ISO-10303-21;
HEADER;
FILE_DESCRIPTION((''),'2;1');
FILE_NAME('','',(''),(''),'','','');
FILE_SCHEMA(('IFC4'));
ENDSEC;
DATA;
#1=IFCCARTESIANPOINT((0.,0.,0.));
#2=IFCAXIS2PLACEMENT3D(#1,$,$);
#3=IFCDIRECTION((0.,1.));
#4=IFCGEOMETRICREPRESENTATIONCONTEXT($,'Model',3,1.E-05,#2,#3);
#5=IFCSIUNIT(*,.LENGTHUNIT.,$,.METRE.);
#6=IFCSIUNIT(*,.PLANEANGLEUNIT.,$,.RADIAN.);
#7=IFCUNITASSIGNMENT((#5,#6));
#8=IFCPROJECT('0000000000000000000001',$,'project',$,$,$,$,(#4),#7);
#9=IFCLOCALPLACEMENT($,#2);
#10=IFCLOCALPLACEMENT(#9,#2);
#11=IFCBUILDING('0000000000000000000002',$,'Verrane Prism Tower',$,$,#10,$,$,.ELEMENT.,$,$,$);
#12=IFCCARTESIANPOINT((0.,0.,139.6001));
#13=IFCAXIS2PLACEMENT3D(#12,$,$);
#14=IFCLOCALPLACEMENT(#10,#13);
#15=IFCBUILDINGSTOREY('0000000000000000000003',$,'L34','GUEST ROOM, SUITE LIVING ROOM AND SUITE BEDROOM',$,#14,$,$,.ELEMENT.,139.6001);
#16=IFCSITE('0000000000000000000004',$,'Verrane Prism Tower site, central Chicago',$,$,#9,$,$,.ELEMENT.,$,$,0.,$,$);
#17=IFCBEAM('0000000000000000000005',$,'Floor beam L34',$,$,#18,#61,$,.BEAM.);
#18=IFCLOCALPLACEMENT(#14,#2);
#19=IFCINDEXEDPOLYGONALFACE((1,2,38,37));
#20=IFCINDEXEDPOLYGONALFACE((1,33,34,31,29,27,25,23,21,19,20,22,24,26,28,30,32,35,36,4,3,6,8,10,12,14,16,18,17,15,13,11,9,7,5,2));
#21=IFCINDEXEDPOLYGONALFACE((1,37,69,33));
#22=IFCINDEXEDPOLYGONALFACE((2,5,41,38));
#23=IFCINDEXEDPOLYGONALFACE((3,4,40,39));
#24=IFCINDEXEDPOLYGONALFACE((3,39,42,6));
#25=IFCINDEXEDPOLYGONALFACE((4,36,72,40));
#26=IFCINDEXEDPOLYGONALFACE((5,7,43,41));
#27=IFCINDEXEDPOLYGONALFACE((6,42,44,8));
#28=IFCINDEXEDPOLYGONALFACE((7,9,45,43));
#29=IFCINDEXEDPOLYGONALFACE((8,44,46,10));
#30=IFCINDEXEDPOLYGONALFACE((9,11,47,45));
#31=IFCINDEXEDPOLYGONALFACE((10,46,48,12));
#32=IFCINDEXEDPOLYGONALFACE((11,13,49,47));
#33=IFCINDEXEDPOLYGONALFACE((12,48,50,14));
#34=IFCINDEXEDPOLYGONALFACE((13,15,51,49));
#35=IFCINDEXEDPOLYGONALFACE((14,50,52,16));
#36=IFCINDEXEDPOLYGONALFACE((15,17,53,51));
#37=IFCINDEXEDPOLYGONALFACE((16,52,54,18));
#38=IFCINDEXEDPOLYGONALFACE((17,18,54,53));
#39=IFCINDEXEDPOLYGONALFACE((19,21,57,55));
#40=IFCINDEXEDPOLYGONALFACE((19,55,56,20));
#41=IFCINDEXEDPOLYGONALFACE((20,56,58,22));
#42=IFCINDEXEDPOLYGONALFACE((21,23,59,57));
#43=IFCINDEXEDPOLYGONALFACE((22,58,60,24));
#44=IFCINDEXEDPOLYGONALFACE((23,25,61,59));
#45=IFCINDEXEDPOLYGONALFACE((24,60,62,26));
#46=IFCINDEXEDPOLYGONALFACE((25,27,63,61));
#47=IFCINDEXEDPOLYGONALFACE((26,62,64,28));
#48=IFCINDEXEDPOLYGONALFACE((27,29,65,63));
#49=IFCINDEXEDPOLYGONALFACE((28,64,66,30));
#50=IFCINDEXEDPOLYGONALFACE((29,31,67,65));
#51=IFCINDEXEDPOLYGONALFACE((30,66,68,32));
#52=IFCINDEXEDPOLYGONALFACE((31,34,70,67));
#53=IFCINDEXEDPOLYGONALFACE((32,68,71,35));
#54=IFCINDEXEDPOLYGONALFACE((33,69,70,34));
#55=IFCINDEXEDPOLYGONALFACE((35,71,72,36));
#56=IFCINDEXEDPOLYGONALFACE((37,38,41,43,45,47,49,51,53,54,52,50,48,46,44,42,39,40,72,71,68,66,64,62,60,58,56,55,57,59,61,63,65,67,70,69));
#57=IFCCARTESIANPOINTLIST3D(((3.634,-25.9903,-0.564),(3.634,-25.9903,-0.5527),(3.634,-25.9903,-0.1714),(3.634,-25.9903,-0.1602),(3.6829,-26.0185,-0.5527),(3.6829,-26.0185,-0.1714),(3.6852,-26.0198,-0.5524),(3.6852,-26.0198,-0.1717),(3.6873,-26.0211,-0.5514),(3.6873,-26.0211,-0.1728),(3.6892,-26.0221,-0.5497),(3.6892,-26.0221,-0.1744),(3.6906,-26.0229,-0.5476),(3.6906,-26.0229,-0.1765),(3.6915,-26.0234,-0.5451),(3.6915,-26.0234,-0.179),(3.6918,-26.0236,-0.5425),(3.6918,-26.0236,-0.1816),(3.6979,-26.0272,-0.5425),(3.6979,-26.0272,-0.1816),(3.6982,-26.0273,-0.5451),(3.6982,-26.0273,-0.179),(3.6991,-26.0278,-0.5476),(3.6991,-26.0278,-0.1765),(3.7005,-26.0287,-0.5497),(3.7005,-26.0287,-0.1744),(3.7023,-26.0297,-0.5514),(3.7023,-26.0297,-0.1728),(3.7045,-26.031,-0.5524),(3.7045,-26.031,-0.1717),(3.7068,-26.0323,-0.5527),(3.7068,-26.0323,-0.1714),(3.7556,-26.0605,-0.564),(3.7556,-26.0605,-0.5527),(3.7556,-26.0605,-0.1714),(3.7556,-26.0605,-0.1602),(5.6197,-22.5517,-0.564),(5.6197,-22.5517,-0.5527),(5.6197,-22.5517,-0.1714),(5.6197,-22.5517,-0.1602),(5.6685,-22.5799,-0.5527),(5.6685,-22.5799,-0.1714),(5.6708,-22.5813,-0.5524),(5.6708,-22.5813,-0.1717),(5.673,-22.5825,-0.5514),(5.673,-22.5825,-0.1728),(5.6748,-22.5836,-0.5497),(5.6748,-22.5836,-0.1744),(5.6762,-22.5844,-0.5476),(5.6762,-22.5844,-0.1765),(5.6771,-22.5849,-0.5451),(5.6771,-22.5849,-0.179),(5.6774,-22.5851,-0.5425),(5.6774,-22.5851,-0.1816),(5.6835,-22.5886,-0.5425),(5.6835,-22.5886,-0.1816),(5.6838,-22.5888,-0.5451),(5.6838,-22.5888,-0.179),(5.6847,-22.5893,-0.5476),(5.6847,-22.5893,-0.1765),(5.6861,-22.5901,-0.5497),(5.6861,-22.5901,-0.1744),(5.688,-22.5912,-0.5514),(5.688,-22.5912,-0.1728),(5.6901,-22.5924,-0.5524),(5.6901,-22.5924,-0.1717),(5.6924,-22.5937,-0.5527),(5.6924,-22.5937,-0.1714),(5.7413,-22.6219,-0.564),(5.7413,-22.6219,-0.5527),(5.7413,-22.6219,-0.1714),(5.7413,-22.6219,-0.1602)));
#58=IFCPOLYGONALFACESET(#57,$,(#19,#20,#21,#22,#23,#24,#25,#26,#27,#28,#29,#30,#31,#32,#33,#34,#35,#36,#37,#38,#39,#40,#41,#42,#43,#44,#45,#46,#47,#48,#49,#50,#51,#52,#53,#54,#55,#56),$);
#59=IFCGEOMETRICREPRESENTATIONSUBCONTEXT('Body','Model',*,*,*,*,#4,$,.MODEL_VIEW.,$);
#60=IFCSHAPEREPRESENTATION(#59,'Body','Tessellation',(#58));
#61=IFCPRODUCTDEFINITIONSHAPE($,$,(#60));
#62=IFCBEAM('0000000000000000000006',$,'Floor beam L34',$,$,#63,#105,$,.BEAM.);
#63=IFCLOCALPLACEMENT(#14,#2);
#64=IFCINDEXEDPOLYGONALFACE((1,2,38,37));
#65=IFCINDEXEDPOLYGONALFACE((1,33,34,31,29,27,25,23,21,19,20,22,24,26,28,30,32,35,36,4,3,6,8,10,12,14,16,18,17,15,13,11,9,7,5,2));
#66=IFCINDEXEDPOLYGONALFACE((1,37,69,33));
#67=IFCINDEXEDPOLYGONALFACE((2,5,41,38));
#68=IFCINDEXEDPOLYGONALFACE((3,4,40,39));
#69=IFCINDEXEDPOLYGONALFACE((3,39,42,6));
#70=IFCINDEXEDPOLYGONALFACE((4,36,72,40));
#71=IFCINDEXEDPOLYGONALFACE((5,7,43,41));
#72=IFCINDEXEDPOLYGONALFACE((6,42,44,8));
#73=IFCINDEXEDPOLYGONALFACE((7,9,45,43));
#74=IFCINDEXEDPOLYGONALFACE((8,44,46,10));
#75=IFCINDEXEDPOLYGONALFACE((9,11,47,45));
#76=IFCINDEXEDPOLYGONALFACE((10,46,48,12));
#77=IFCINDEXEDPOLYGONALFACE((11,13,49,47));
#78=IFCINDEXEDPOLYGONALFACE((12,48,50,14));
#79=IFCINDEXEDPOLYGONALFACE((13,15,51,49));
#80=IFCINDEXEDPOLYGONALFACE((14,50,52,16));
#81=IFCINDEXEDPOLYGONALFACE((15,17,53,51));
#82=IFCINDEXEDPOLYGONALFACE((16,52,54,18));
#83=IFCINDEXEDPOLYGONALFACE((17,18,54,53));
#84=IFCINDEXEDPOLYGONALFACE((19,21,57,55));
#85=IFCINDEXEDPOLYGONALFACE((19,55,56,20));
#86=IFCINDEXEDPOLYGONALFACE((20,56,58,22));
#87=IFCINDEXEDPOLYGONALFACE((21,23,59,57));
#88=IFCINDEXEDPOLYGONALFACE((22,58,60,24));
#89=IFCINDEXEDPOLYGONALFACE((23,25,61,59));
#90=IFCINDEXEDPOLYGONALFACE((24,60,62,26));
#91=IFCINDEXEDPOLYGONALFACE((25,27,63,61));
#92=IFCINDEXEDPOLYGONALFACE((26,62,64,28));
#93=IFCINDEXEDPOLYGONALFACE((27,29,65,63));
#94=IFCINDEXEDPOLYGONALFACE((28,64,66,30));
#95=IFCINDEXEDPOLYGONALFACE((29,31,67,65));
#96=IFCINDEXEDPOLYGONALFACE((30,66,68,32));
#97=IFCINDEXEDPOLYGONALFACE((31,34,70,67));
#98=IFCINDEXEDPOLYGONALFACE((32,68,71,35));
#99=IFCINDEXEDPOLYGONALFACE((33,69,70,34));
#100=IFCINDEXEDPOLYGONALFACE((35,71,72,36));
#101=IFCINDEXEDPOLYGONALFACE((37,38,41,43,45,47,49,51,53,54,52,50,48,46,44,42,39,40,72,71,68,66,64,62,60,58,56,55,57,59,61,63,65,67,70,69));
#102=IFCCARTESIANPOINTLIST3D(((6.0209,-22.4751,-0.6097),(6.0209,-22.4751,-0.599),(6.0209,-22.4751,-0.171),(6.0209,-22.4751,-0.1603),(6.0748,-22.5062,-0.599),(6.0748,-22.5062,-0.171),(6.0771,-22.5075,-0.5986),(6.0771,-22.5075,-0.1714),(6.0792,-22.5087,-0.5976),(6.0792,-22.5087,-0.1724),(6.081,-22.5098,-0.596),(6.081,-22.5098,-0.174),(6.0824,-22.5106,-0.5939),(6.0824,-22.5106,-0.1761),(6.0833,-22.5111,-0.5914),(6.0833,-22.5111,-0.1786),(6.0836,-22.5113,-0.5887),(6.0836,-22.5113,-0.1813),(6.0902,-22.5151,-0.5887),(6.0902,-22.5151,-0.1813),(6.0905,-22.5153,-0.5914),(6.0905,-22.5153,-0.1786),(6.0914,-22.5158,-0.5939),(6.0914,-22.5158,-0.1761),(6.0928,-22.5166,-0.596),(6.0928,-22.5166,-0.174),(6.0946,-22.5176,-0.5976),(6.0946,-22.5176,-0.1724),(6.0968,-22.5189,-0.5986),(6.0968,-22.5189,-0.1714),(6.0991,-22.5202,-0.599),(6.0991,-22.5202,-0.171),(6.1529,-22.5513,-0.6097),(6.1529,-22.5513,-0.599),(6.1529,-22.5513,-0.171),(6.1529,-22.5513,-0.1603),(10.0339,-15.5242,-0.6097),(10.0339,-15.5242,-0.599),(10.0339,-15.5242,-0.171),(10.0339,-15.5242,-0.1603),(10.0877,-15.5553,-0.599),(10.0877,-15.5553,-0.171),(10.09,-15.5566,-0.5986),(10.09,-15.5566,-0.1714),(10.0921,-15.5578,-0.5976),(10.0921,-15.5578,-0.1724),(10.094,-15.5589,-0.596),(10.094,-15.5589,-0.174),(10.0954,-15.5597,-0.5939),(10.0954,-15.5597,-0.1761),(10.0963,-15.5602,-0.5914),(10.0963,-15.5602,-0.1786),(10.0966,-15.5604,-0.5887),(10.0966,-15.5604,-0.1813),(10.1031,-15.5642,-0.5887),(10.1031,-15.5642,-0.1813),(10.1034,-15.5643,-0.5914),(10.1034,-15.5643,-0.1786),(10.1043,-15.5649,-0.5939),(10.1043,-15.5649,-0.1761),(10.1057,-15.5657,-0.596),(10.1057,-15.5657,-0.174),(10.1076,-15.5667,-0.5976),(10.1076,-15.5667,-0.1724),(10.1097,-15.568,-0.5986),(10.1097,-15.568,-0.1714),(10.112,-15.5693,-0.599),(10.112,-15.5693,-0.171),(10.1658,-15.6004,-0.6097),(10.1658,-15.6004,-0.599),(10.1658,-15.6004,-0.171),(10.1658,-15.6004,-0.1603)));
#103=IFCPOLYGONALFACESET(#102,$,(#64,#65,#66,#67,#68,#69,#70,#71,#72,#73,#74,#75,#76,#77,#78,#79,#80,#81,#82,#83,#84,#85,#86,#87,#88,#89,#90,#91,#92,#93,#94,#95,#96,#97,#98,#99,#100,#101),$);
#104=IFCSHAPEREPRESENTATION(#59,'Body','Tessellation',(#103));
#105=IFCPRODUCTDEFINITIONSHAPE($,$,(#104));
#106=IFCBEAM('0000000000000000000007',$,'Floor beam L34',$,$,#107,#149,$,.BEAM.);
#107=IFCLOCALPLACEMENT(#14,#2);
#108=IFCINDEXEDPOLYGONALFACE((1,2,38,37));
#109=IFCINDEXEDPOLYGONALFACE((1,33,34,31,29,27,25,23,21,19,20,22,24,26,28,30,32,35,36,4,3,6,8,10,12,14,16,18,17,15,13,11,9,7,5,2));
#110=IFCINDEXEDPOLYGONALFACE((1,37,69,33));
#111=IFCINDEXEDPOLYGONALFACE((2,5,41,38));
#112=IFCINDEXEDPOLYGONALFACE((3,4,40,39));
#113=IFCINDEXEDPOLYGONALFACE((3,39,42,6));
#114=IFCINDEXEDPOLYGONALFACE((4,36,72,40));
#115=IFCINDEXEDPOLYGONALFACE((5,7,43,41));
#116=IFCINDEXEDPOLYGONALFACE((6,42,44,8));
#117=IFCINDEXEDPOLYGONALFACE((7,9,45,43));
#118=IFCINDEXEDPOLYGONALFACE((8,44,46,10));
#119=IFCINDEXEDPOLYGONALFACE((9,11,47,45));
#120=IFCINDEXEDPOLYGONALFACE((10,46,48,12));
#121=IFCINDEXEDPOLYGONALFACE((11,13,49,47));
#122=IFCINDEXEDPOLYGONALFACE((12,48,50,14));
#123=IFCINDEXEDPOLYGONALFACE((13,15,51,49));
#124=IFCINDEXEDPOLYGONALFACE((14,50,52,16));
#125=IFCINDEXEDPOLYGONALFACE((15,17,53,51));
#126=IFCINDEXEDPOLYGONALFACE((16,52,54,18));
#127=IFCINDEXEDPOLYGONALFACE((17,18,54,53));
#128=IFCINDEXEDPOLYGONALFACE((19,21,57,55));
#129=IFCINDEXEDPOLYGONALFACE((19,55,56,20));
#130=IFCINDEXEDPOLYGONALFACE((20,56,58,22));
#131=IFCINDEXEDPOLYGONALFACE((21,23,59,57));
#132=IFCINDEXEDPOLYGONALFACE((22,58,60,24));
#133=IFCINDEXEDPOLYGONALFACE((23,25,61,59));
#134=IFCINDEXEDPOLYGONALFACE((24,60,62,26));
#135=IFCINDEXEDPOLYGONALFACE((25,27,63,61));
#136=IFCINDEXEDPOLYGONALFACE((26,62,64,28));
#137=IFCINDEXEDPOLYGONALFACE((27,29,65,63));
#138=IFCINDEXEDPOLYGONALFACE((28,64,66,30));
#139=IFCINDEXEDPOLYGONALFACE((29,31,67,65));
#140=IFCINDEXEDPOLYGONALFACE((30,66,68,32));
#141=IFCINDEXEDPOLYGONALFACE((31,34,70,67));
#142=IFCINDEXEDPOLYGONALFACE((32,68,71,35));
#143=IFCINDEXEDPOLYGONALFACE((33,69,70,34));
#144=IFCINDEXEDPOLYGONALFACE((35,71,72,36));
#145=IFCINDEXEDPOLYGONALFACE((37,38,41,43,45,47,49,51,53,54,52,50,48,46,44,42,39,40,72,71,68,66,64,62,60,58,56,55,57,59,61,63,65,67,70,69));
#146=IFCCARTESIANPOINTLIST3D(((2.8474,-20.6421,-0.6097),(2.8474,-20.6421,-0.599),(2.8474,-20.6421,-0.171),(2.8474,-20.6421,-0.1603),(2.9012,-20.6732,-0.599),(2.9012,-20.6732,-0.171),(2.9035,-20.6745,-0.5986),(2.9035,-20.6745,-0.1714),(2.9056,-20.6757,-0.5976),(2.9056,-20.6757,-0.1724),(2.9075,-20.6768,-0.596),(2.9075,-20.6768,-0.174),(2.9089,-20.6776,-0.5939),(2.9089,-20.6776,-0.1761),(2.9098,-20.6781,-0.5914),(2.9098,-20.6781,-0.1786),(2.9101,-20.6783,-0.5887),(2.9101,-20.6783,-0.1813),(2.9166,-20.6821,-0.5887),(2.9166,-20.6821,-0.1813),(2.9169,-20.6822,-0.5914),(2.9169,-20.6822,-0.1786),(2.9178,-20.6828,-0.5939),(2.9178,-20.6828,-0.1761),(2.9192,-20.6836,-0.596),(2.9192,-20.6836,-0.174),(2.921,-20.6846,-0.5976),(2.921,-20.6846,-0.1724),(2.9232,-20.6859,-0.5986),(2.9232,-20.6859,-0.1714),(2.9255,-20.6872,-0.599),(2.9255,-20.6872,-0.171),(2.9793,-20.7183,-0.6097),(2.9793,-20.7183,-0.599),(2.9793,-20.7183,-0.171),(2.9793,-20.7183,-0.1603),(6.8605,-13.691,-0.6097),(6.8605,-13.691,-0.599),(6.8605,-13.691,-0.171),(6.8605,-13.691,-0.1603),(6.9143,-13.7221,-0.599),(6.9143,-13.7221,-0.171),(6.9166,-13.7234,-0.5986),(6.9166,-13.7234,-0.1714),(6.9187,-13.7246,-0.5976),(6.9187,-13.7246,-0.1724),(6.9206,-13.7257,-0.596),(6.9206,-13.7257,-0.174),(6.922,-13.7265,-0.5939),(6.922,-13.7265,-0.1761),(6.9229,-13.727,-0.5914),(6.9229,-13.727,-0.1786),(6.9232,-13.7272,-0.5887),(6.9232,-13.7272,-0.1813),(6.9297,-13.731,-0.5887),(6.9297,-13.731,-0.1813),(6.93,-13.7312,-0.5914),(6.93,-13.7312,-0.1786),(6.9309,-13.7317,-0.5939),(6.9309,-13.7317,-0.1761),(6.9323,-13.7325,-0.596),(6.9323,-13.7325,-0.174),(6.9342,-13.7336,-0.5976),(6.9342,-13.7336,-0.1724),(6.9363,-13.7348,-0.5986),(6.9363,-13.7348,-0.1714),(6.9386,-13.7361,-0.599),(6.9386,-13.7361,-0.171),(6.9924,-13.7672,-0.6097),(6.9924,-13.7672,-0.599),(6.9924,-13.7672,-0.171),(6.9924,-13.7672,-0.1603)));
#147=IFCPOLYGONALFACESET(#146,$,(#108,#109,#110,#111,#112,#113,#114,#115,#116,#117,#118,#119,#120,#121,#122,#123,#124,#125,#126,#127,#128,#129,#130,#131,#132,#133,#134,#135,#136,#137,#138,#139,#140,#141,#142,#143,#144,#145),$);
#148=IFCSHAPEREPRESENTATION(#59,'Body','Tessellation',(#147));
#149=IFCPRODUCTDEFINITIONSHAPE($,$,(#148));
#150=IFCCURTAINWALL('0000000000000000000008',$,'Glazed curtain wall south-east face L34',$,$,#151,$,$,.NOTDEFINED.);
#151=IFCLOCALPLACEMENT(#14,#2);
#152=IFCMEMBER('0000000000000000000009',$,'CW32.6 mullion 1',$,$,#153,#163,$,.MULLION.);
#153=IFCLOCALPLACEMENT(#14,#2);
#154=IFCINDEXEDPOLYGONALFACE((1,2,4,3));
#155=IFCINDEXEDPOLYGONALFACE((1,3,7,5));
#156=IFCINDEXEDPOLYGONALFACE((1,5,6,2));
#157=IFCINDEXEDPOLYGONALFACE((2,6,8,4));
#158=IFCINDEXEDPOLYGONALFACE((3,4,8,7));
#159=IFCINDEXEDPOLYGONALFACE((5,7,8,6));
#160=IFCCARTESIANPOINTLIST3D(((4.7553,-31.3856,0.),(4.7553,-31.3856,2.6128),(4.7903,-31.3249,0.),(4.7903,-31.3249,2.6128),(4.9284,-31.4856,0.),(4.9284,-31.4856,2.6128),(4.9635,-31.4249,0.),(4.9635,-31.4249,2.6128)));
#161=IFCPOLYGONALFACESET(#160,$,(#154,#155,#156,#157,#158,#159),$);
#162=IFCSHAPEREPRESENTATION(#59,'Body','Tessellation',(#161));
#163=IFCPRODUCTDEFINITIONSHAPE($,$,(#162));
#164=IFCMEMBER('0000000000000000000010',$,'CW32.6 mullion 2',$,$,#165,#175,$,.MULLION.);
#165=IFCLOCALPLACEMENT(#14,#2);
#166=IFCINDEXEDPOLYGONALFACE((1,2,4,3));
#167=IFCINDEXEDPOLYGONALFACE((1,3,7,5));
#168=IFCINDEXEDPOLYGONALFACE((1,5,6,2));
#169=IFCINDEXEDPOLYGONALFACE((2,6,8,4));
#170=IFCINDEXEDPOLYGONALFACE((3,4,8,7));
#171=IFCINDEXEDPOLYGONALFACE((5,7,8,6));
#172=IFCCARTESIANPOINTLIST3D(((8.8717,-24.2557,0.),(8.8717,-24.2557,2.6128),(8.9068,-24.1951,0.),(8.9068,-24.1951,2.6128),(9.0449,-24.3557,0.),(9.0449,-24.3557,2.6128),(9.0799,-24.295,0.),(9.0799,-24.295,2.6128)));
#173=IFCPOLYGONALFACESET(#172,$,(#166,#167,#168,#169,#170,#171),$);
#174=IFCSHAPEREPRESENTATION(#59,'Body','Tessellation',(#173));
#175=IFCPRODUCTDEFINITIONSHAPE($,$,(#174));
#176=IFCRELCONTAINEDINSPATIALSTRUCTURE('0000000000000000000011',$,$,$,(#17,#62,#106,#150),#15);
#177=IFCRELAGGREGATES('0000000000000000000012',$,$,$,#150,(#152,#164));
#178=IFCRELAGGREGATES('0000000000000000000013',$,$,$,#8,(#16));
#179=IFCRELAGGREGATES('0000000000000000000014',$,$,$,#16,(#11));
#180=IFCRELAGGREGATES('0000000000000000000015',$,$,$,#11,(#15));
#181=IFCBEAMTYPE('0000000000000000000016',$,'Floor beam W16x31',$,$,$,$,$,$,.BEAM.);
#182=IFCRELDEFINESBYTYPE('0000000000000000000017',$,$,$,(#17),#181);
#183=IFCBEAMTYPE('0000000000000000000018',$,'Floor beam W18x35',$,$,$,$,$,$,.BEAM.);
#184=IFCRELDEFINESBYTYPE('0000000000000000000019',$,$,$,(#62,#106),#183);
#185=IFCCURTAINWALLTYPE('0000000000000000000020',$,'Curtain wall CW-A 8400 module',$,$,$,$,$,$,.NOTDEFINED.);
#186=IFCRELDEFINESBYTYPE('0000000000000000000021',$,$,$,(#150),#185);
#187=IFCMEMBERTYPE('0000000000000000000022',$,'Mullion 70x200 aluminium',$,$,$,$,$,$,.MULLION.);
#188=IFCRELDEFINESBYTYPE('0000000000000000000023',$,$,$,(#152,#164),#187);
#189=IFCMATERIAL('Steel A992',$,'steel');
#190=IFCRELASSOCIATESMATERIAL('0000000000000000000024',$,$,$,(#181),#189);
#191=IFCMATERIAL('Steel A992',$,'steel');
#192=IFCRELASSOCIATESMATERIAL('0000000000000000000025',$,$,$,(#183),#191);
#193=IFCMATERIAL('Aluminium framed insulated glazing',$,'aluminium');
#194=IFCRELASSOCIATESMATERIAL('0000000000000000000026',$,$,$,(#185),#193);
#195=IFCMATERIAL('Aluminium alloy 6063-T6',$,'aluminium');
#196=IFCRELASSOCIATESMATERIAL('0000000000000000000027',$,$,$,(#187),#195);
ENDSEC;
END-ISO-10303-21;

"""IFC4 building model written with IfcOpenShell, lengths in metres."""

from ifc_helpers import new_model, si_unit, direction, frame, origin, origin_2d, place, context, subcontext, project, spatial, rectangle, i_section, extrude, material, material_profile, profile_set, type_object, element, aggregate, save


model = new_model("IFC4")

# Units and contexts
model_context = context("Model", 3, precision=1e-05, world=origin(), true_north=direction((0.0, 1.0)))
body_context = subcontext(model_context, "Body", "Model", "MODEL_VIEW")
ifc_project = project(units=[si_unit("LENGTHUNIT", "METRE"), si_unit("PLANEANGLEUNIT", "RADIAN")], contexts=[model_context])

# Site, building, storey
site_placement = place(None, origin())
site = spatial("IfcSite", under=ifc_project, at=site_placement, Name="Verrane Prism Tower site, central Chicago", CompositionType="ELEMENT", RefElevation=0.0)
building_placement = place(site_placement, origin())
building = spatial("IfcBuilding", under=site, at=building_placement, Name="Verrane Prism Tower", CompositionType="ELEMENT")
storey_placement = place(building_placement, frame((0.0, 0.0, 139.6001)))
storey = spatial("IfcBuildingStorey", under=building, at=storey_placement, Name="L34", Description="GUEST ROOM, SUITE LIVING ROOM AND SUITE BEDROOM", CompositionType="ELEMENT", Elevation=139.6001)

# Beams
ifc_material_1 = material(Name="Steel A992", Category="steel")
ifc_material_profile_1 = material_profile(ifc_material_1, i_section(OverallWidth=0.1404, OverallDepth=0.4038, WebThickness=0.0071, FlangeThickness=0.0112, FilletRadius=0.0103, at=origin_2d()), Name="W16x31")
ifc_profile_set_1 = profile_set([ifc_material_profile_1], Name="Steel A992")
beam_type_1 = type_object("IfcBeamType", Name="Floor beam W16x31", PredefinedType="BEAM", material=ifc_profile_set_1)
beam_1_placement = place(storey_placement, frame((3.6948, -26.0254, -0.3621), z_axis=(0.500074, 0.865983, 0.0), x_axis=(-0.865983, 0.500074, 0.0)))
element("IfcBeam", 1, at=beam_1_placement, inside=storey, type_object=beam_type_1, Name="Floor beam L34", PredefinedType="BEAM", context=body_context, shape_type="SweptSolid", body=[
    extrude(i_section(OverallWidth=0.1404, OverallDepth=0.4038, WebThickness=0.0071, FlangeThickness=0.0112, FilletRadius=0.0103, at=origin_2d()), origin(), (0.0, 0.0, 1.0), 3.9707),
])
ifc_material_2 = material(Name="Steel A992", Category="steel")
ifc_material_profile_2 = material_profile(ifc_material_2, i_section(OverallWidth=0.1523, OverallDepth=0.4495, WebThickness=0.0076, FlangeThickness=0.0107, FilletRadius=0.0103, at=origin_2d()), Name="W18x35")
ifc_profile_set_2 = profile_set([ifc_material_profile_2], Name="Steel A992")
beam_type_2 = type_object("IfcBeamType", Name="Floor beam W18x35", PredefinedType="BEAM", material=ifc_profile_set_2)
beam_2_placement = place(storey_placement, frame((6.0869, -22.5132, -0.385), z_axis=(0.499983, 0.866035, 0.0), x_axis=(-0.866035, 0.499983, 0.0)))
element("IfcBeam", 2, at=beam_2_placement, inside=storey, type_object=beam_type_2, Name="Floor beam L34", PredefinedType="BEAM", context=body_context, shape_type="SweptSolid", body=[
    extrude(i_section(OverallWidth=0.1523, OverallDepth=0.4495, WebThickness=0.0076, FlangeThickness=0.0107, FilletRadius=0.0103, at=origin_2d()), origin(), (0.0, 0.0, 1.0), 8.0261),
])
beam_3_placement = place(storey_placement, frame((2.9133, -20.6802, -0.385), z_axis=(0.499993, 0.86603, 0.0), x_axis=(-0.86603, 0.499993, 0.0)))
element("IfcBeam", 3, at=beam_3_placement, inside=storey, type_object=beam_type_2, Name="Floor beam L34", PredefinedType="BEAM", context=body_context, shape_type="SweptSolid", body=[
    extrude(i_section(OverallWidth=0.1523, OverallDepth=0.4495, WebThickness=0.0076, FlangeThickness=0.0107, FilletRadius=0.0103, at=origin_2d()), origin(), (0.0, 0.0, 1.0), 8.0264),
])

# Curtain wall, members
ifc_material_3 = material(Name="Aluminium framed insulated glazing", Category="aluminium")
curtain_wall_type_1 = type_object("IfcCurtainWallType", Name="Curtain wall CW-A 8400 module", PredefinedType="NOTDEFINED", material=ifc_material_3)
curtain_wall_1_placement = place(storey_placement, origin())
curtain_wall_1 = element("IfcCurtainWall", 4, at=curtain_wall_1_placement, inside=storey, type_object=curtain_wall_type_1, Name="Glazed curtain wall south-east face L34", PredefinedType="NOTDEFINED")
ifc_material_4 = material(Name="Aluminium alloy 6063-T6", Category="aluminium")
ifc_material_profile_3 = material_profile(ifc_material_4, rectangle(XDim=0.2, YDim=0.0701, at=origin_2d()), Name="Mullion 70x200 aluminium")
ifc_profile_set_3 = profile_set([ifc_material_profile_3], Name="Aluminium alloy 6063-T6")
member_type_1 = type_object("IfcMemberType", Name="Mullion 70x200 aluminium", PredefinedType="MULLION", material=ifc_profile_set_3)
member_1_placement = place(storey_placement, frame((4.8594, -31.4053, 0.0), z_axis=(0.0, 0.0, 1.0), x_axis=(-0.866025, 0.5, 0.0)))
member_1 = element("IfcMember", 5, at=member_1_placement, type_object=member_type_1, Name="CW32.6 mullion 1", PredefinedType="MULLION", context=body_context, shape_type="SweptSolid", body=[
    extrude(rectangle(XDim=0.2, YDim=0.0701, at=origin_2d()), origin(), (0.0, 0.0, 1.0), 2.6128),
])
member_2_placement = place(storey_placement, frame((8.9758, -24.2754, 0.0), z_axis=(0.0, 0.0, 1.0), x_axis=(-0.866025, 0.5, 0.0)))
member_2 = element("IfcMember", 6, at=member_2_placement, type_object=member_type_1, Name="CW32.6 mullion 2", PredefinedType="MULLION", context=body_context, shape_type="SweptSolid", body=[
    extrude(rectangle(XDim=0.2, YDim=0.0701, at=origin_2d()), origin(), (0.0, 0.0, 1.0), 2.6128),
])

aggregate(curtain_wall_1, [member_1, member_2])

save(model, "model.ifc")
